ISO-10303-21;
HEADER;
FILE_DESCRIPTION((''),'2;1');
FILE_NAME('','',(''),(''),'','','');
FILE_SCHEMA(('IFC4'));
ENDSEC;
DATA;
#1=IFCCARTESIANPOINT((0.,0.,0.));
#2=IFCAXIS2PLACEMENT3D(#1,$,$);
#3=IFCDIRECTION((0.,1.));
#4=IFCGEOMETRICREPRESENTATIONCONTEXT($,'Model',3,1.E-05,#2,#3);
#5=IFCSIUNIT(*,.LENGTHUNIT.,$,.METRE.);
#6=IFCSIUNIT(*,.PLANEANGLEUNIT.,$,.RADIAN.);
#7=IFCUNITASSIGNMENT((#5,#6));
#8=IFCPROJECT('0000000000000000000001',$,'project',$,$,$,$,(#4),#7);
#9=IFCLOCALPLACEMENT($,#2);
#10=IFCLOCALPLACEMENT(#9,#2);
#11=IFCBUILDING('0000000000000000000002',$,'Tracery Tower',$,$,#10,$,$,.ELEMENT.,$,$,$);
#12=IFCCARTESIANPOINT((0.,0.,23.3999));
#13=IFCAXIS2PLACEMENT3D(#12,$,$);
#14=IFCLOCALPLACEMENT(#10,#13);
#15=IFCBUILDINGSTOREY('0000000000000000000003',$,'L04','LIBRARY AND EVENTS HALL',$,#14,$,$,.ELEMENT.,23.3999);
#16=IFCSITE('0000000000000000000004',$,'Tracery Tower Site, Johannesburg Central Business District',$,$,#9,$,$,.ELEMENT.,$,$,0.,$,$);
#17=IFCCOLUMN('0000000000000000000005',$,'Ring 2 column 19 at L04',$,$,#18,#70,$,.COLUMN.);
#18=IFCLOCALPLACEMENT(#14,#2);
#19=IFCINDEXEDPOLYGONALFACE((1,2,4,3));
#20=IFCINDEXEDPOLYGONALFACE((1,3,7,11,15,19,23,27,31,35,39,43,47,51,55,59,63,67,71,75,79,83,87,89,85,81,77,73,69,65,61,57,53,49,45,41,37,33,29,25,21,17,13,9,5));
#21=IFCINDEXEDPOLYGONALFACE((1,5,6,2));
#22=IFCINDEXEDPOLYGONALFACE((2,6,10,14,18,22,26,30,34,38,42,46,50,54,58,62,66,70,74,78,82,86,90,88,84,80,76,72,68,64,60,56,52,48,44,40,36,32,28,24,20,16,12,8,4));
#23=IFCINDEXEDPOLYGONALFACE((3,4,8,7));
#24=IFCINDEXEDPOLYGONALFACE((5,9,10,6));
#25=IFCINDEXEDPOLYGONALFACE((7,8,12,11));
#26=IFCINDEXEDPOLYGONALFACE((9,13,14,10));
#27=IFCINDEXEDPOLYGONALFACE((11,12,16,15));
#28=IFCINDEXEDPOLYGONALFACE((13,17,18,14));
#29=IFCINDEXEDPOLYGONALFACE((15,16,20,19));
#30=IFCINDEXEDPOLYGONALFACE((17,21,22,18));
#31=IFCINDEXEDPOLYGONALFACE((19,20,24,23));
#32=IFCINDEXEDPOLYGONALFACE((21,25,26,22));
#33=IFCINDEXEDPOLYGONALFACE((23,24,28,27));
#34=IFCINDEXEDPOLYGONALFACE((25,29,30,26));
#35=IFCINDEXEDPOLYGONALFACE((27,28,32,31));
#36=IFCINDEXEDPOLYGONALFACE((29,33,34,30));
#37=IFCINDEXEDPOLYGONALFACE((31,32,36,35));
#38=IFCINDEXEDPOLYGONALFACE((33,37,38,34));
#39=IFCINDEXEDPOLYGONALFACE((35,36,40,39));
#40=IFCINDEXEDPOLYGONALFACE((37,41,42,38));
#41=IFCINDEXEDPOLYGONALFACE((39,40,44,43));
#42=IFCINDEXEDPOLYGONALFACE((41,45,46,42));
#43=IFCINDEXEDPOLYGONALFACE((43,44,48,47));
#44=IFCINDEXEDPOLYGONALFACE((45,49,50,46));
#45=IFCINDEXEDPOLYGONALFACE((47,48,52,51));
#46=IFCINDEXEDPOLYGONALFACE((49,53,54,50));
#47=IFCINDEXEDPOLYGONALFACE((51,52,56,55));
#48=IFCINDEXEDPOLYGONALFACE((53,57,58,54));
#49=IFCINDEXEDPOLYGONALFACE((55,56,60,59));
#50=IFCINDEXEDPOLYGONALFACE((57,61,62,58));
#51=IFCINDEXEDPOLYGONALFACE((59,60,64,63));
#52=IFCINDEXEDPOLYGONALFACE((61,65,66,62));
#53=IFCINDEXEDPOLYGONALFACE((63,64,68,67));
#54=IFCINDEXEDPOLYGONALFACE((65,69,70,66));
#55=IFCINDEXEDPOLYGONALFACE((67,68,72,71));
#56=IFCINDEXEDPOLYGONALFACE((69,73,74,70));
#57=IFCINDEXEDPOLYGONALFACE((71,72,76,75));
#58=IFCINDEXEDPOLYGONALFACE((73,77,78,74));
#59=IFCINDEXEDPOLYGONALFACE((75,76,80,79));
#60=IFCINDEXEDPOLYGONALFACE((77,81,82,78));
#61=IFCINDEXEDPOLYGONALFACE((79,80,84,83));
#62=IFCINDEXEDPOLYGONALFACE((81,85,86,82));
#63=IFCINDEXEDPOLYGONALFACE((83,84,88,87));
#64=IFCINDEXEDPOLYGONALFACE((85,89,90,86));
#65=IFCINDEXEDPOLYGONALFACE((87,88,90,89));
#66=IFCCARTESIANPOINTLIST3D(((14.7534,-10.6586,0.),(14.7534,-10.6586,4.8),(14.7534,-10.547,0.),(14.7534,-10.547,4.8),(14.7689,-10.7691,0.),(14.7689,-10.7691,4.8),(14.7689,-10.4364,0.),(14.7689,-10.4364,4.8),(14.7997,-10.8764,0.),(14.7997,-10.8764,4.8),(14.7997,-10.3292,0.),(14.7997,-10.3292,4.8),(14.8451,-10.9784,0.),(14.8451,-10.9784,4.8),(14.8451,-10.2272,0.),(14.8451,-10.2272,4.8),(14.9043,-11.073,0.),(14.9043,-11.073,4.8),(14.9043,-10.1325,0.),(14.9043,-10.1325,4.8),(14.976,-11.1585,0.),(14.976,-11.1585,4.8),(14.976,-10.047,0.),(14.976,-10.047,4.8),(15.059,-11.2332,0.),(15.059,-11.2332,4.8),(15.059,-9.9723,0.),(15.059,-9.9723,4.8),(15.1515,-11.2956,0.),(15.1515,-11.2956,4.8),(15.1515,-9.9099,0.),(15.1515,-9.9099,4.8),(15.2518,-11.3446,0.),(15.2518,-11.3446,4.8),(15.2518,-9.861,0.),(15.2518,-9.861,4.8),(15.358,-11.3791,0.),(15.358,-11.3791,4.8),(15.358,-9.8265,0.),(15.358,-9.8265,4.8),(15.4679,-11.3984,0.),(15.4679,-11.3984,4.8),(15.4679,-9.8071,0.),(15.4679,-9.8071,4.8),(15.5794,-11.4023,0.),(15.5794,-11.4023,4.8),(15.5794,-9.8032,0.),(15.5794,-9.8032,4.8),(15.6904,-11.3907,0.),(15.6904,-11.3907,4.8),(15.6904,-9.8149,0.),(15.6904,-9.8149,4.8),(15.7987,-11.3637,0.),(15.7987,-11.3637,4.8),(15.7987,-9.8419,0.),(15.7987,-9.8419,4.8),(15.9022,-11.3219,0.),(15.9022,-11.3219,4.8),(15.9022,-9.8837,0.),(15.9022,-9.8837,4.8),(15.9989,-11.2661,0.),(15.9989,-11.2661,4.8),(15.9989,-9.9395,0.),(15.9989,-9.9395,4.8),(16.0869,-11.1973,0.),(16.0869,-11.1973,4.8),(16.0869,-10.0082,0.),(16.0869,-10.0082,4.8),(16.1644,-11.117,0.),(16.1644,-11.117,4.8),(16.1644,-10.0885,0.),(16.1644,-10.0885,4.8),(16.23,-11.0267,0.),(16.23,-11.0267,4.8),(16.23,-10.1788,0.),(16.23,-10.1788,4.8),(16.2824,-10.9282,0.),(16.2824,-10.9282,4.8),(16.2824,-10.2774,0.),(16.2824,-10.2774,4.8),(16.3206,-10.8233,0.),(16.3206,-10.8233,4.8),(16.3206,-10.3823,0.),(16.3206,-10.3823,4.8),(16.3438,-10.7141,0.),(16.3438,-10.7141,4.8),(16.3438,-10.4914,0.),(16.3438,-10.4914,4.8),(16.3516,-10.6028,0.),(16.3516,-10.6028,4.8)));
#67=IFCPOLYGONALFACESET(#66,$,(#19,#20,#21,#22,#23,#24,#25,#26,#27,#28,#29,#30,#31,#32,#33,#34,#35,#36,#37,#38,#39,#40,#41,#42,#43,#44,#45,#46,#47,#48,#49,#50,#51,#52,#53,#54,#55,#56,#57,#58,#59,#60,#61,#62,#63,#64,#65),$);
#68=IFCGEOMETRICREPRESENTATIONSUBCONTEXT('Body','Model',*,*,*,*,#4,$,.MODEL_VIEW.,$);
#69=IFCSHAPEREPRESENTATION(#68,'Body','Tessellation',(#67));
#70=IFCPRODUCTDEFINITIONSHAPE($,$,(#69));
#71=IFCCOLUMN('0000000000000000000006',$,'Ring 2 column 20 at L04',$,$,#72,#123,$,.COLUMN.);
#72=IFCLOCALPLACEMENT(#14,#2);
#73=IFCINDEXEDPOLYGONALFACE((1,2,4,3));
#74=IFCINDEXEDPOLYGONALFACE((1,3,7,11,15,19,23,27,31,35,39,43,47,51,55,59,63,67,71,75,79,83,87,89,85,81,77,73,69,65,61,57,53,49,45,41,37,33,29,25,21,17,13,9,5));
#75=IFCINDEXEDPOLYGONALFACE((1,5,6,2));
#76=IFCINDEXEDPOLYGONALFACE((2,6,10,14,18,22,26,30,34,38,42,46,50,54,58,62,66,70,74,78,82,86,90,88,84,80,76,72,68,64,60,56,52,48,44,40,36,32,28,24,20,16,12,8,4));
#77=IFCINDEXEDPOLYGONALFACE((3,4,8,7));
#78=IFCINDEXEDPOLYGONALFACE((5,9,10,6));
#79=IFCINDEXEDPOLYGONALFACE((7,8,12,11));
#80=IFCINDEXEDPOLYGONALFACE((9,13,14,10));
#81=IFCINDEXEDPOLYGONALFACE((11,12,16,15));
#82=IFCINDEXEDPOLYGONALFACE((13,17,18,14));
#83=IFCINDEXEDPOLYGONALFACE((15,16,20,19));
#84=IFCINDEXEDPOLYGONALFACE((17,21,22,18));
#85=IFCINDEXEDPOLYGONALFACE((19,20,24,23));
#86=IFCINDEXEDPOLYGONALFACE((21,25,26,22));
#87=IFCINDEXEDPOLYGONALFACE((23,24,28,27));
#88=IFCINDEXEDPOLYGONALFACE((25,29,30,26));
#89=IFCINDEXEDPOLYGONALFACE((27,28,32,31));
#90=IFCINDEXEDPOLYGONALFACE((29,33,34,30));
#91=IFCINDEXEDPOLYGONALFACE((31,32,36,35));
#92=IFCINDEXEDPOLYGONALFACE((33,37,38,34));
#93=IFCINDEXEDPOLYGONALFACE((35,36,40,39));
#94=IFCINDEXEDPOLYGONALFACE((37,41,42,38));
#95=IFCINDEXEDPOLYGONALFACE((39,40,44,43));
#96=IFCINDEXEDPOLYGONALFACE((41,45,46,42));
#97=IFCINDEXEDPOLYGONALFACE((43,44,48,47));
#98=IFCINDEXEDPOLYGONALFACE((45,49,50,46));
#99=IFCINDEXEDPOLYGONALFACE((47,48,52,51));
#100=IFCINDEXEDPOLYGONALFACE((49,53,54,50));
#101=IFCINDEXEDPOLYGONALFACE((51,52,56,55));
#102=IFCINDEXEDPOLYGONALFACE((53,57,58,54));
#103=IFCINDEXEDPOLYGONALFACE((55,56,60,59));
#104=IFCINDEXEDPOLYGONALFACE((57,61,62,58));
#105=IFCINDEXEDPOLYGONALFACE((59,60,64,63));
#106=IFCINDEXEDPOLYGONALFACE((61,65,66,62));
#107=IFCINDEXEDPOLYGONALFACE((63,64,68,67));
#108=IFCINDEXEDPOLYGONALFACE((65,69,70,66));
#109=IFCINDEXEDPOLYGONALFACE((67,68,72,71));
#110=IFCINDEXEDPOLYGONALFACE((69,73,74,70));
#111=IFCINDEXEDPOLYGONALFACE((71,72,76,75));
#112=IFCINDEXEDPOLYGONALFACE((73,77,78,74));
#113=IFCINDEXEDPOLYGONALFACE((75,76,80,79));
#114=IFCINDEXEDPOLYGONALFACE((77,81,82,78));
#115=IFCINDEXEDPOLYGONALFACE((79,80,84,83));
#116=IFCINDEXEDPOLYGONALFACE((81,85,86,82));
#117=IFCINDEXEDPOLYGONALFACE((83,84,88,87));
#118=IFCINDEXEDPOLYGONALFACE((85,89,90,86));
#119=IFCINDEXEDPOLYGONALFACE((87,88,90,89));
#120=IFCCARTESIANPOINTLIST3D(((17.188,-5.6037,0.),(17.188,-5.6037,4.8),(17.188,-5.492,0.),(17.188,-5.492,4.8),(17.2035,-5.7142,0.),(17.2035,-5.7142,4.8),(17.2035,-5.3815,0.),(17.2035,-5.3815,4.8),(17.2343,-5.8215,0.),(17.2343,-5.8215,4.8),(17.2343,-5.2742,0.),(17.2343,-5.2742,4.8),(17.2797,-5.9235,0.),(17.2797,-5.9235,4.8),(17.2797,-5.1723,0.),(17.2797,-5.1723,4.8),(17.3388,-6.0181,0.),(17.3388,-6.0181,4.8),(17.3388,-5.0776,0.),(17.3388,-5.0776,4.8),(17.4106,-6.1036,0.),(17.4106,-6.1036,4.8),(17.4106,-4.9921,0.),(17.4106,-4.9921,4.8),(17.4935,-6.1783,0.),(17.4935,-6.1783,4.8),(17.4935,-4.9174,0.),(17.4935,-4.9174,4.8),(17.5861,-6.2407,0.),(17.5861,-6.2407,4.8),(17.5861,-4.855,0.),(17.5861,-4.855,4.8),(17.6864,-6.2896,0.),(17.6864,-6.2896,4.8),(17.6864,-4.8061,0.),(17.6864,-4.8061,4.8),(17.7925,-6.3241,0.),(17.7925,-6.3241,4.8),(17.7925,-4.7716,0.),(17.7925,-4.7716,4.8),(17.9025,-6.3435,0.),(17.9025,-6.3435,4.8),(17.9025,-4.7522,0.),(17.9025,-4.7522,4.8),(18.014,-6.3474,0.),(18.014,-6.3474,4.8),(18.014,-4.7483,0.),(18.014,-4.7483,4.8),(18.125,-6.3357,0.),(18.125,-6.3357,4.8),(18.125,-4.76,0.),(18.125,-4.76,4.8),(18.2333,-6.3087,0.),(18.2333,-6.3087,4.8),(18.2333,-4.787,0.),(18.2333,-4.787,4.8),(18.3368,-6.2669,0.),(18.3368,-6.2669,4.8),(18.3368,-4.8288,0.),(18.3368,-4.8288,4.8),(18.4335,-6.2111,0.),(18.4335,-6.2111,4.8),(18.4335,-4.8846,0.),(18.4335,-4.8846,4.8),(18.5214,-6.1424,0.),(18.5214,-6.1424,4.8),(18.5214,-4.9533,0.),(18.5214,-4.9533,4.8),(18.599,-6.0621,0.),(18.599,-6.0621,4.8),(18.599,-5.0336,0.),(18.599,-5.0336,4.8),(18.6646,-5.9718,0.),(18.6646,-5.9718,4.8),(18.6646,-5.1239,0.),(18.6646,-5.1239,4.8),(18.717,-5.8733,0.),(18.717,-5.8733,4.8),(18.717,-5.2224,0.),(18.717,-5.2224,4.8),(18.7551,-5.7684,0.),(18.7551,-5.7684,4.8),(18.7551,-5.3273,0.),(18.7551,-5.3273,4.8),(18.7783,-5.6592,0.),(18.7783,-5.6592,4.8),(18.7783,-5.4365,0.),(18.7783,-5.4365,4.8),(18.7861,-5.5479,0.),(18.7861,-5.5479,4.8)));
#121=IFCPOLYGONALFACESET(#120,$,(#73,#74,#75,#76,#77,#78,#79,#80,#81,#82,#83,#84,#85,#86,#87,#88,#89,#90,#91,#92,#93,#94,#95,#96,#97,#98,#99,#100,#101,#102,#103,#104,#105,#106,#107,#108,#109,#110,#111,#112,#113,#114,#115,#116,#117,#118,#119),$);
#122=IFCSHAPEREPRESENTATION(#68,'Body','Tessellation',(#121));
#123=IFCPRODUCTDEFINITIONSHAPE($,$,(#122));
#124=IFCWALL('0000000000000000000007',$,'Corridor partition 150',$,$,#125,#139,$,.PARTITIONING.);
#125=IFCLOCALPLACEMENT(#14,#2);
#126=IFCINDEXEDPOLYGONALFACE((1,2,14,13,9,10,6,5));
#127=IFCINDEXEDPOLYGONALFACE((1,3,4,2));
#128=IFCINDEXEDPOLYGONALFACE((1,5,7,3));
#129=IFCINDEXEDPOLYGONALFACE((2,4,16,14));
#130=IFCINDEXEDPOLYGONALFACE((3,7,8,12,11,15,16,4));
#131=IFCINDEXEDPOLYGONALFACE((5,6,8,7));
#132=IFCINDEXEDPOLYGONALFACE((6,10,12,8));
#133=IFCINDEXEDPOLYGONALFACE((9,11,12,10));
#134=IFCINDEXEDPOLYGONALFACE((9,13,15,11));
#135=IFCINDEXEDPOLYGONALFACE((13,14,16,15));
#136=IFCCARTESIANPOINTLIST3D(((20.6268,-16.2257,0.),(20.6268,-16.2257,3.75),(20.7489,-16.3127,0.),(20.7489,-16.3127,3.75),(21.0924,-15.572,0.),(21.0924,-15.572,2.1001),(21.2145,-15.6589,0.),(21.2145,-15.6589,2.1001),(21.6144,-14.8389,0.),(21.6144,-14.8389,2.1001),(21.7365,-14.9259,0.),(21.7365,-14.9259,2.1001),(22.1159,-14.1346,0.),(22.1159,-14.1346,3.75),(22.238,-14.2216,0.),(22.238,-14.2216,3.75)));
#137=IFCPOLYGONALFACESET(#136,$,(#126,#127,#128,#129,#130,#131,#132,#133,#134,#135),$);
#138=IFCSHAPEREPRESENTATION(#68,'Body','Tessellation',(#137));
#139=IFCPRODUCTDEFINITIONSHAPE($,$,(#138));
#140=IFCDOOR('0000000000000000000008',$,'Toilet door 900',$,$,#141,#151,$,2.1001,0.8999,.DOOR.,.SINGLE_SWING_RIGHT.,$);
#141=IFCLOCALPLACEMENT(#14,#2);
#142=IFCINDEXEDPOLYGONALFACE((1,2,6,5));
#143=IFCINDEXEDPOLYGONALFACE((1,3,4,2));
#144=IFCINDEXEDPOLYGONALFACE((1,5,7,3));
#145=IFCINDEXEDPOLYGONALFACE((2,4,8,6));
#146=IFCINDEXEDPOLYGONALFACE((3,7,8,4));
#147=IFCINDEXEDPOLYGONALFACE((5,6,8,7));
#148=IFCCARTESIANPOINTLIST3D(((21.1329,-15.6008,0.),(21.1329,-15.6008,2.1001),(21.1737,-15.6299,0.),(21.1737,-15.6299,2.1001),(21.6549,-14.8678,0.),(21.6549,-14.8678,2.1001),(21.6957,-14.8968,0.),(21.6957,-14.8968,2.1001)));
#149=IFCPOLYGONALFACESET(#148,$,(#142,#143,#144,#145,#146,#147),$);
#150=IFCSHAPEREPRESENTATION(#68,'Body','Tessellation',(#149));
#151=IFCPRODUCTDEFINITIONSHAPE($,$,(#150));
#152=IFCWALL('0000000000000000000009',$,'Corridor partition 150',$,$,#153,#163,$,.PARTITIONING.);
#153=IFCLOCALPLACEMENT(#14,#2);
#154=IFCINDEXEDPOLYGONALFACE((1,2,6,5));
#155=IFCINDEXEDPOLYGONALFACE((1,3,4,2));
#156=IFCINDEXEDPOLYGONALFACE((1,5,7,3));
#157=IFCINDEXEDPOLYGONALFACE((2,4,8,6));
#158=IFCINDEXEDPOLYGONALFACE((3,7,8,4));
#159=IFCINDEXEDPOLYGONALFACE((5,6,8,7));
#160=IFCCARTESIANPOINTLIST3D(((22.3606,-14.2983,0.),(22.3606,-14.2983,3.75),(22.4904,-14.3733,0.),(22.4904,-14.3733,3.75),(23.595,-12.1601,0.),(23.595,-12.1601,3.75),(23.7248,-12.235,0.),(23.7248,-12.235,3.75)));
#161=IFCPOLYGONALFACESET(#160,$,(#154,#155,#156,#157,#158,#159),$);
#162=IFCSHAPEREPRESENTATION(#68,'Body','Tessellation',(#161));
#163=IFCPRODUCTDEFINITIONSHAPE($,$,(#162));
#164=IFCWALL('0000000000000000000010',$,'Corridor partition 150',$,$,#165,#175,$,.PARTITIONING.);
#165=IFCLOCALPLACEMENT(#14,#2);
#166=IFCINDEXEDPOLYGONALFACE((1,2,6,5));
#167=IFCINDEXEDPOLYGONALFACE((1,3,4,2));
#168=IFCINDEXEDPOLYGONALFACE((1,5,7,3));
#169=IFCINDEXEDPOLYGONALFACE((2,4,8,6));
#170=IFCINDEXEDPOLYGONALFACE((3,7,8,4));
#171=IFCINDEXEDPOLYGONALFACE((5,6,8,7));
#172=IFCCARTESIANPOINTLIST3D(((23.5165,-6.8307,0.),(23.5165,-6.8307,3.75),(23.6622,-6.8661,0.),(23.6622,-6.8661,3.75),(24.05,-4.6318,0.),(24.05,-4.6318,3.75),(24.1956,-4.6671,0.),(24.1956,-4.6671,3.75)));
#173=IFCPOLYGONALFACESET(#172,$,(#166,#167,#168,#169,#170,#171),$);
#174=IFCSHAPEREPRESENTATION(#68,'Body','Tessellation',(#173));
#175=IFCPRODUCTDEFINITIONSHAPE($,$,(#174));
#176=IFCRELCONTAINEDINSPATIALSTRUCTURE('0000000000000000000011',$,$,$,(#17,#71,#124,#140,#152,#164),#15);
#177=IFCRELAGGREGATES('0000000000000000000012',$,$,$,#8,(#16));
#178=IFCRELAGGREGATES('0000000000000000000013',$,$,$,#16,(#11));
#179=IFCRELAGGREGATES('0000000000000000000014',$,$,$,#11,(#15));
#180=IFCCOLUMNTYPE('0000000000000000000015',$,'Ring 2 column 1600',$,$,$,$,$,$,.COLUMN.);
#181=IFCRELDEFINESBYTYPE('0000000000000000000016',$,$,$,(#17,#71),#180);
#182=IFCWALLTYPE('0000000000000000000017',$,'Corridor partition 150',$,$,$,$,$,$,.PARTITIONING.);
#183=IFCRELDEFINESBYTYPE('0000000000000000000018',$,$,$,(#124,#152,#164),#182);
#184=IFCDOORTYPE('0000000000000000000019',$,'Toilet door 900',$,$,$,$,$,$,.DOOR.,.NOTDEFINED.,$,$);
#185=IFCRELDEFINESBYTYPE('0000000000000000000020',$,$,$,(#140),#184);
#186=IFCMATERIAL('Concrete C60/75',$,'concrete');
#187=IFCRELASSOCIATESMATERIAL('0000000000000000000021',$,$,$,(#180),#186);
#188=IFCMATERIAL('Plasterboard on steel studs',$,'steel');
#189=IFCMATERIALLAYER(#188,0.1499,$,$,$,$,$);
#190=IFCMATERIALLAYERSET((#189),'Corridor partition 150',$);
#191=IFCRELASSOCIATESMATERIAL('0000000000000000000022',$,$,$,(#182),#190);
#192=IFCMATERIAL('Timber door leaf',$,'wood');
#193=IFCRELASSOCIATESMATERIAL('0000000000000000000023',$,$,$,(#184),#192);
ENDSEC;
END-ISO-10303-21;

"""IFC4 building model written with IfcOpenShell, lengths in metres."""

from ifc_helpers import new_model, si_unit, direction, frame, frame_2d, origin, origin_2d, place, context, subcontext, project, spatial, rectangle, circle, extrude, material, layer, layer_set, material_profile, profile_set, type_object, element, fill, save


model = new_model("IFC4")

# Units and contexts
model_context = context("Model", 3, precision=1e-05, world=origin(), true_north=direction((0.0, 1.0)))
body_context = subcontext(model_context, "Body", "Model", "MODEL_VIEW")
ifc_project = project(units=[si_unit("LENGTHUNIT", "METRE"), si_unit("PLANEANGLEUNIT", "RADIAN")], contexts=[model_context])

# Site, building, storey
site_placement = place(None, origin())
site = spatial("IfcSite", under=ifc_project, at=site_placement, Name="Tracery Tower Site, Johannesburg Central Business District", CompositionType="ELEMENT", RefElevation=0.0)
building_placement = place(site_placement, origin())
building = spatial("IfcBuilding", under=site, at=building_placement, Name="Tracery Tower", CompositionType="ELEMENT")
storey_placement = place(building_placement, frame((0.0, 0.0, 23.3999)))
storey = spatial("IfcBuildingStorey", under=building, at=storey_placement, Name="L04", Description="LIBRARY AND EVENTS HALL", CompositionType="ELEMENT", Elevation=23.3999)

# Columns
ifc_material_1 = material(Name="Concrete C60/75", Category="concrete")
ifc_material_profile_1 = material_profile(ifc_material_1, circle(Radius=0.8, at=origin_2d()), Name="RC D1600")
ifc_profile_set_1 = profile_set([ifc_material_profile_1], Name="Concrete C60/75")
column_type_1 = type_object("IfcColumnType", Name="Ring 2 column 1600", PredefinedType="COLUMN", material=ifc_profile_set_1)
for number, where, z_axis, x_axis, name in (
    (1, (15.5515, -10.6028, 0.0), (0.0, 0.0, 1.0), (1.0, 0.0, 0.0), "Ring 2 column 19 at L04"),
    (2, (17.9861, -5.5479, 0.0), (0.0, 0.0, 1.0), (1.0, 0.0, 0.0), "Ring 2 column 20 at L04"),
):
    element("IfcColumn", number, at=place(storey_placement, frame(where, z_axis=z_axis, x_axis=x_axis)), inside=storey, type_object=column_type_1, Name=name, PredefinedType="COLUMN", context=body_context, shape_type="SweptSolid", body=[
        extrude(circle(Radius=0.8, at=origin_2d()), origin(), (0.0, 0.0, 1.0), 4.8),
    ])

# Wall, opening, door
ifc_material_2 = material(Name="Plasterboard on steel studs", Category="steel")
ifc_layer_1 = layer(ifc_material_2, 0.1499)
ifc_layer_set_1 = layer_set([ifc_layer_1], Name="Corridor partition 150")
wall_type_1 = type_object("IfcWallType", Name="Corridor partition 150", PredefinedType="PARTITIONING", material=ifc_layer_set_1)
wall_1_placement = place(storey_placement, frame((22.177, -14.178, 0.0), z_axis=(0.0, 0.0, 1.0), x_axis=(-0.58005, -0.814581, 0.0)))
wall_1 = element("IfcWall", 3, at=wall_1_placement, inside=storey, type_object=wall_type_1, Name="Corridor partition 150", PredefinedType="PARTITIONING", context=body_context, shape_type="SweptSolid", body=[
    extrude(rectangle(XDim=2.5671, YDim=0.1499, at=frame_2d((1.2837, 0.0))), origin(), (0.0, 0.0, 1.0), 3.75),
])
opening_1_placement = place(wall_1_placement, frame((0.8647, 0.0, 0.0)))
opening_1 = element("IfcOpeningElement", 4, at=opening_1_placement, cuts=wall_1, PredefinedType="OPENING", context=body_context, shape_type="SweptSolid", body=[
    extrude(rectangle(XDim=0.8999, YDim=2.1001, at=frame_2d((0.45, 1.05))), frame((0.0, 0.075, 0.0), z_axis=(0.0, -1.0, 0.0), x_axis=(1.0, 0.0, 0.0)), (0.0, 0.0, 1.0), 0.1499),
])
ifc_material_3 = material(Name="Timber door leaf", Category="wood")
door_type_1 = type_object("IfcDoorType", Name="Toilet door 900", OperationType="NOTDEFINED", PredefinedType="DOOR", material=ifc_material_3)
door_1_placement = place(opening_1_placement, origin())
door_1 = element("IfcDoor", 5, at=door_1_placement, inside=storey, type_object=door_type_1, Name="Toilet door 900", OperationType="SINGLE_SWING_RIGHT", OverallHeight=2.1001, OverallWidth=0.8999, PredefinedType="DOOR", context=body_context, shape_type="SweptSolid", body=[
    extrude(rectangle(XDim=0.8999, YDim=2.1001, at=frame_2d((0.45, 1.05))), frame((0.0, 0.0249, 0.0), z_axis=(0.0, -1.0, 0.0), x_axis=(1.0, 0.0, 0.0)), (0.0, 0.0, 1.0), 0.05),
])
fill(opening_1, door_1)

# Walls
wall_2_placement = place(storey_placement, frame((22.4255, -14.3357, 0.0), z_axis=(0.0, 0.0, 1.0), x_axis=(0.499968, 0.866044, 0.0)))
element("IfcWall", 6, at=wall_2_placement, inside=storey, type_object=wall_type_1, Name="Corridor partition 150", PredefinedType="PARTITIONING", context=body_context, shape_type="SweptSolid", body=[
    extrude(rectangle(XDim=2.469, YDim=0.1499, at=frame_2d((1.2344, 0.0))), origin(), (0.0, 0.0, 1.0), 3.75),
])
wall_3_placement = place(storey_placement, frame((23.5894, -6.8484, 0.0), z_axis=(0.0, 0.0, 1.0), x_axis=(0.235751, 0.971813, 0.0)))
element("IfcWall", 7, at=wall_3_placement, inside=storey, type_object=wall_type_1, Name="Corridor partition 150", PredefinedType="PARTITIONING", context=body_context, shape_type="SweptSolid", body=[
    extrude(rectangle(XDim=2.2627, YDim=0.1499, at=frame_2d((1.1313, 0.0))), origin(), (0.0, 0.0, 1.0), 3.75),
])

save(model, "model.ifc")
